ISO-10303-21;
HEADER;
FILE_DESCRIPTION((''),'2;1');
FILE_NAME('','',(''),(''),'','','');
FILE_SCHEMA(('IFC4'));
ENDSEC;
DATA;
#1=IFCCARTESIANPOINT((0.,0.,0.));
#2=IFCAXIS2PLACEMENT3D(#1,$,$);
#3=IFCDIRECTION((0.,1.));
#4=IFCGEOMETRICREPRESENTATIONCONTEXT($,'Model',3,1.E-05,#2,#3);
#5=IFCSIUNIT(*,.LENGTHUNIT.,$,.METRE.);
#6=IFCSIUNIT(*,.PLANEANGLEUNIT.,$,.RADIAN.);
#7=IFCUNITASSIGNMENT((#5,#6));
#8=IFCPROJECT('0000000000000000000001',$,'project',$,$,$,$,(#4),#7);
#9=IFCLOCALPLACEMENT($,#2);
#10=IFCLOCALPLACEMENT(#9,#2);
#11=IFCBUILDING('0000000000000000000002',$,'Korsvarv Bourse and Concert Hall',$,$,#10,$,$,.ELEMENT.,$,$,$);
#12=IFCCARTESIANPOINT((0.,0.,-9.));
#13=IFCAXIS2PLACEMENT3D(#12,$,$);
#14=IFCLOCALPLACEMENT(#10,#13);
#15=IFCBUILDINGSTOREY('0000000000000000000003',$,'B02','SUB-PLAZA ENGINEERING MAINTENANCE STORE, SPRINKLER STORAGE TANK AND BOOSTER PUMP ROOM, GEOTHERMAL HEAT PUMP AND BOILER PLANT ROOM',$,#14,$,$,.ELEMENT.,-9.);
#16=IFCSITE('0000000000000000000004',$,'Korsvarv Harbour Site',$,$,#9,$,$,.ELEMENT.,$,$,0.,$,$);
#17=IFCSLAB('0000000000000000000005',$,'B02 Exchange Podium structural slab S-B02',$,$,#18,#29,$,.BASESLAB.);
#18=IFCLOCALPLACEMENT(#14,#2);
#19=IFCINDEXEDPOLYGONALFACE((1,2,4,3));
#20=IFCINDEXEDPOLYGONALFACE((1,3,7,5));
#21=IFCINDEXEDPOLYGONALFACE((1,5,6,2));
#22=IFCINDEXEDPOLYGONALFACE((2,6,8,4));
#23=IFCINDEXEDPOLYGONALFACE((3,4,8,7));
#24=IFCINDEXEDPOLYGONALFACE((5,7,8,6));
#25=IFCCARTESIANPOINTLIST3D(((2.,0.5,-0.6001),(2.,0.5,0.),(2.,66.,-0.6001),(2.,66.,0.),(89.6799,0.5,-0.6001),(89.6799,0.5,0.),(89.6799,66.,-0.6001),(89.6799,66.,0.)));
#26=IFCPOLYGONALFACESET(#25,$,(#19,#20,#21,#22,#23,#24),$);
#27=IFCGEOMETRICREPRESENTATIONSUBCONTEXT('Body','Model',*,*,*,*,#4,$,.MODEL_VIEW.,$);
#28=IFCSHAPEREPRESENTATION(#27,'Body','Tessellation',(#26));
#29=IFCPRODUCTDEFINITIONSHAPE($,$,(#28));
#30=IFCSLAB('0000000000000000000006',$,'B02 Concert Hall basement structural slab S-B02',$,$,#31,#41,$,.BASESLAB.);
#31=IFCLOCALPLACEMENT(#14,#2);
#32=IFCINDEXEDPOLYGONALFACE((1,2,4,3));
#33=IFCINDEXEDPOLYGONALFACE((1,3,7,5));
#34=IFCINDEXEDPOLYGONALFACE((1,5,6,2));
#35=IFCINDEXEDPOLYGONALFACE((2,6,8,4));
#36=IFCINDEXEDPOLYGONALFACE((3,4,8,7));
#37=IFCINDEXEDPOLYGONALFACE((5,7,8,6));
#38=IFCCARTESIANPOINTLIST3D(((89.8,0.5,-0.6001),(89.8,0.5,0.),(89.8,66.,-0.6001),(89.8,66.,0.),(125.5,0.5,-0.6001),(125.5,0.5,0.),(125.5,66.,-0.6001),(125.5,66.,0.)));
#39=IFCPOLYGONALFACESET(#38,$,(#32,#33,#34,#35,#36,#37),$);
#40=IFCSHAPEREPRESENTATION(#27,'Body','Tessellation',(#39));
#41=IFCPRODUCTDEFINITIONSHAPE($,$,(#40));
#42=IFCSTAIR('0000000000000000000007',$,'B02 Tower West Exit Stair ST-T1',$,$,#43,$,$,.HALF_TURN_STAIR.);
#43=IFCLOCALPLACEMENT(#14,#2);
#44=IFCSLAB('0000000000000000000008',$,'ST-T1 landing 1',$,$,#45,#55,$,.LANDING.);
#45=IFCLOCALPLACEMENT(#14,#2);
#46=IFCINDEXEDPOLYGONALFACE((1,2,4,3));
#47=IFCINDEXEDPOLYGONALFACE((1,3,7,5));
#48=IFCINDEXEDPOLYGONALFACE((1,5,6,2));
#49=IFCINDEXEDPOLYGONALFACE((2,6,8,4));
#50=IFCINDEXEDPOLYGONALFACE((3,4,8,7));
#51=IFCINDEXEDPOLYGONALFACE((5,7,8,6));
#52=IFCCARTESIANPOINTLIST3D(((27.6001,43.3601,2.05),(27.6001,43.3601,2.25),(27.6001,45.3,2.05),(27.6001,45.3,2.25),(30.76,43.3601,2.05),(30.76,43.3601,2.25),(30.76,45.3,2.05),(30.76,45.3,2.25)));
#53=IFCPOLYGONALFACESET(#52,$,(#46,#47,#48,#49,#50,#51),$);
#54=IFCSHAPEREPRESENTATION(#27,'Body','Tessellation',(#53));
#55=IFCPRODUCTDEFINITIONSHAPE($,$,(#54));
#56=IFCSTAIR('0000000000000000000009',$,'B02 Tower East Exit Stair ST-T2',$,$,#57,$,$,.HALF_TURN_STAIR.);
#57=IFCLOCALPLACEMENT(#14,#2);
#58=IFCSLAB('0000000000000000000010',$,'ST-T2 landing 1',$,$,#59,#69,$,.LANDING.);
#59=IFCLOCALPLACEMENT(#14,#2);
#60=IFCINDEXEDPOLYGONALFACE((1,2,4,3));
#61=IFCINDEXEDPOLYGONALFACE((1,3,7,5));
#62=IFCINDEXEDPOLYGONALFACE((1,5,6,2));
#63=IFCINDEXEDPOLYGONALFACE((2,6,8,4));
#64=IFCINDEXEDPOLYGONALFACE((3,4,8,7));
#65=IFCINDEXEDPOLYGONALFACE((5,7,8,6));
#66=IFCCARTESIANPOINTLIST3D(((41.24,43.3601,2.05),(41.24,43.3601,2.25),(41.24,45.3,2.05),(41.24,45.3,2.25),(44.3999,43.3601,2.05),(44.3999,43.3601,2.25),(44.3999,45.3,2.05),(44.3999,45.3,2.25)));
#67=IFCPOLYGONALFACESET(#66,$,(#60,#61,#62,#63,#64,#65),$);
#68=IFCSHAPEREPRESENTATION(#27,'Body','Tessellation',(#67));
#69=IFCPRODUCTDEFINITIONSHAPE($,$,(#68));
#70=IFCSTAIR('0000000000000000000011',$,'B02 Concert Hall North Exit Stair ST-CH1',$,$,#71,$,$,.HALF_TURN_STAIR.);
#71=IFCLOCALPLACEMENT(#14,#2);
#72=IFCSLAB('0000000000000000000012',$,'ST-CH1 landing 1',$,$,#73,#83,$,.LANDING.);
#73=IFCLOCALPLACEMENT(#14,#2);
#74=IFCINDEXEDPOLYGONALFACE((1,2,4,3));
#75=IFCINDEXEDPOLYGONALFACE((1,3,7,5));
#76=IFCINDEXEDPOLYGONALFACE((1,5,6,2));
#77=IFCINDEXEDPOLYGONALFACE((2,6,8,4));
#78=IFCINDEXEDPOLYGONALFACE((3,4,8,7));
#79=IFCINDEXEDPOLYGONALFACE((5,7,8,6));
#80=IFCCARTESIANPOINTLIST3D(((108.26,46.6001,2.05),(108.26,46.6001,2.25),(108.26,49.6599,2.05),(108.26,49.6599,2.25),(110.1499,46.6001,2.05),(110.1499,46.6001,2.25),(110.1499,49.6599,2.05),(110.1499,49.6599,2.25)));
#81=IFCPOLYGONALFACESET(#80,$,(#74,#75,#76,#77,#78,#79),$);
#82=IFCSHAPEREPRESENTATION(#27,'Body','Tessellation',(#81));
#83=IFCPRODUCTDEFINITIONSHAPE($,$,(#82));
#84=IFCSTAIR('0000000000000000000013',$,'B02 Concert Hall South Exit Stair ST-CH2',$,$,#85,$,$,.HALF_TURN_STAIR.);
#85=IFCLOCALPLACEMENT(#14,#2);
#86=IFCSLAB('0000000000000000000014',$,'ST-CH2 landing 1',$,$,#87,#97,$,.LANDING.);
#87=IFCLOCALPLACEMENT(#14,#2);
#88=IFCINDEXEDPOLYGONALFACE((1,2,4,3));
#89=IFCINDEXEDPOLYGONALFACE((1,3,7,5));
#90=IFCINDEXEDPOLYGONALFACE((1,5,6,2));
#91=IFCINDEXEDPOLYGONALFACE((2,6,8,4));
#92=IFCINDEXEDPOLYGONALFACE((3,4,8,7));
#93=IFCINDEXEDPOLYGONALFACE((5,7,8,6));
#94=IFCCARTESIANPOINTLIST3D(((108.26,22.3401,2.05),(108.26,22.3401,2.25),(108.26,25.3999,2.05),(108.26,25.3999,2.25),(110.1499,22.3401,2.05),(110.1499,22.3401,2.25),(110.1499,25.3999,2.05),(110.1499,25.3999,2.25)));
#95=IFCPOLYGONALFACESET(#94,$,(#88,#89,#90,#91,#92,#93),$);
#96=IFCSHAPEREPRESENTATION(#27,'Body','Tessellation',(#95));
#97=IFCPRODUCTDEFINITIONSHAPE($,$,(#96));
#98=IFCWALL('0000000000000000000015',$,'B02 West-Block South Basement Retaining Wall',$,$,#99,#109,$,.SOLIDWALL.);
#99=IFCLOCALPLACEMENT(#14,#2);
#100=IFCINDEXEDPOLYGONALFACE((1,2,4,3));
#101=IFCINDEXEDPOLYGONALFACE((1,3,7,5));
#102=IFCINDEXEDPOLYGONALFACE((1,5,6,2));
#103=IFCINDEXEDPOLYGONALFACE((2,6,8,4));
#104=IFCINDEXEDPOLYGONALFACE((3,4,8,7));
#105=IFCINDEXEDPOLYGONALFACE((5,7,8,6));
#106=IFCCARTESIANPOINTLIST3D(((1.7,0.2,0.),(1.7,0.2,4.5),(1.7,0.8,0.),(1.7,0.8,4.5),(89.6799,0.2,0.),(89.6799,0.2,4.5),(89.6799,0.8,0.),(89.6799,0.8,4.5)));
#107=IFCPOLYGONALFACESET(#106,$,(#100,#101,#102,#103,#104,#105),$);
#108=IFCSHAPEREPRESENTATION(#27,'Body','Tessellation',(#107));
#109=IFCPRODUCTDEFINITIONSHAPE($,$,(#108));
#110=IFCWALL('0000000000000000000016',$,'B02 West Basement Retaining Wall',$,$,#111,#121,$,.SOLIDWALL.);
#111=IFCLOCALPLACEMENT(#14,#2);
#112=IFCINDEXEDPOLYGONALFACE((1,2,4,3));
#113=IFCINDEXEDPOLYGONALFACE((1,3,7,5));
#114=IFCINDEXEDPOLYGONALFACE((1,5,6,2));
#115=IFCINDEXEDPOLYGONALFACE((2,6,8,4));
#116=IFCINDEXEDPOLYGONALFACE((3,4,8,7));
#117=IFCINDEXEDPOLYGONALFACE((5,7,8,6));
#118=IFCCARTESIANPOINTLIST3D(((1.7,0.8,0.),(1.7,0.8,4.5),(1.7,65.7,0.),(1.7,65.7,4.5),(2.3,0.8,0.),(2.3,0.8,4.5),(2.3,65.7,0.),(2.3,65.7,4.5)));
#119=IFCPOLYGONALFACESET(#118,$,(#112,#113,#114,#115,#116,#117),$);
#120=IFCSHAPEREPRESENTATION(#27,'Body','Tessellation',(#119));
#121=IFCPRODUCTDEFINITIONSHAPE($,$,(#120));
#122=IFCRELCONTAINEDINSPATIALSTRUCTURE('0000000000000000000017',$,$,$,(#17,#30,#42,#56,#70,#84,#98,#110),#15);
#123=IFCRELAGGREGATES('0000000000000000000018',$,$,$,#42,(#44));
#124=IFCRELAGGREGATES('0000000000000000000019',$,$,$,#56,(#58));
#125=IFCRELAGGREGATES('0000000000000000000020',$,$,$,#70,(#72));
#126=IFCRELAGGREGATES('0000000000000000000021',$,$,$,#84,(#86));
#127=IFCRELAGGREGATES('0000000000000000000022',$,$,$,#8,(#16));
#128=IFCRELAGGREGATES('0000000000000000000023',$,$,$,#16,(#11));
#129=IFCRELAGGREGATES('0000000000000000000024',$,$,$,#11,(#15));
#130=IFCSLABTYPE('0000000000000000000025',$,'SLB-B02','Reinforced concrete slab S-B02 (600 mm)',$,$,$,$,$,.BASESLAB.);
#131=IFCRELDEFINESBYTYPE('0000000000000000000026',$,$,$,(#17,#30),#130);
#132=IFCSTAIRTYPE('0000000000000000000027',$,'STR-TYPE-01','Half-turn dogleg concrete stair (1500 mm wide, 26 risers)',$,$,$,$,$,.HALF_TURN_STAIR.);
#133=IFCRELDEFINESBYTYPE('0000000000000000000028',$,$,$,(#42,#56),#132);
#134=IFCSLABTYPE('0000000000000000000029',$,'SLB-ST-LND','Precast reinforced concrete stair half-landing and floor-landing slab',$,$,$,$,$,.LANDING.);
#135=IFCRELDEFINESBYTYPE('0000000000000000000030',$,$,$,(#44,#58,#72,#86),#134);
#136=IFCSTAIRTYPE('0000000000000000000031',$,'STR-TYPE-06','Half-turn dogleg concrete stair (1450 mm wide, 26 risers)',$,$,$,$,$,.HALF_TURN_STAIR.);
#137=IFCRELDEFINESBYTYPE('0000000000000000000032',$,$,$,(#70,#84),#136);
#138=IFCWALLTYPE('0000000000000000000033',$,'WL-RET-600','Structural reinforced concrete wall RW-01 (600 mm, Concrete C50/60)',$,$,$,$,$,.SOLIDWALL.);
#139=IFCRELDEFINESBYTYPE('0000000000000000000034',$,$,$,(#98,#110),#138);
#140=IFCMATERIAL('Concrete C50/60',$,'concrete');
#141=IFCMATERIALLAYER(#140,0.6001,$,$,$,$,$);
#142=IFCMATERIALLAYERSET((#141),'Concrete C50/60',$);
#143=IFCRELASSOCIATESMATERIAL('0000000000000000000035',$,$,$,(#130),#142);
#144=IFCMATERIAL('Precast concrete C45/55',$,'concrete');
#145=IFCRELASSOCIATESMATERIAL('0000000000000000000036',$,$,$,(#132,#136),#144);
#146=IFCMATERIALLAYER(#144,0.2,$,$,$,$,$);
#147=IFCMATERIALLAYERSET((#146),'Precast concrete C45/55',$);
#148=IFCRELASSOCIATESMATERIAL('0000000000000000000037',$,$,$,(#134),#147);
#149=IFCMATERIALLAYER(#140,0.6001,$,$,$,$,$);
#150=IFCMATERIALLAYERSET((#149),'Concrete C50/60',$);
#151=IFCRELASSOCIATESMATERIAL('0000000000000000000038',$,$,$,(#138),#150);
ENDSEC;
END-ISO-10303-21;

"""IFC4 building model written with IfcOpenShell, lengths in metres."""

from ifc_helpers import new_model, si_unit, direction, frame, frame_2d, origin, place, context, subcontext, project, spatial, polyline, rectangle, outline, extrude, material, layer, layer_set, type_object, element, aggregate, save


model = new_model("IFC4")

# Units and contexts
model_context = context("Model", 3, precision=1e-05, world=origin(), true_north=direction((0.0, 1.0)))
body_context = subcontext(model_context, "Body", "Model", "MODEL_VIEW")
ifc_project = project(units=[si_unit("LENGTHUNIT", "METRE"), si_unit("PLANEANGLEUNIT", "RADIAN")], contexts=[model_context])

# Site, building, storey
site_placement = place(None, origin())
site = spatial("IfcSite", under=ifc_project, at=site_placement, Name="Korsvarv Harbour Site", CompositionType="ELEMENT", RefElevation=0.0)
building_placement = place(site_placement, origin())
building = spatial("IfcBuilding", under=site, at=building_placement, Name="Korsvarv Bourse and Concert Hall", CompositionType="ELEMENT")
storey_placement = place(building_placement, frame((0.0, 0.0, -9.0)))
storey = spatial("IfcBuildingStorey", under=building, at=storey_placement, Name="B02", Description="SUB-PLAZA ENGINEERING MAINTENANCE STORE, SPRINKLER STORAGE TANK AND BOOSTER PUMP ROOM, GEOTHERMAL HEAT PUMP AND BOILER PLANT ROOM", CompositionType="ELEMENT", Elevation=-9.0)

# Shared definitions
ifc_material_1 = material(Name="Concrete C50/60", Category="concrete")

# Slabs
ifc_layer_1 = layer(ifc_material_1, 0.6001)
ifc_layer_set_1 = layer_set([ifc_layer_1], Name="Concrete C50/60")
slab_type_1 = type_object("IfcSlabType", Name="SLB-B02", Description="Reinforced concrete slab S-B02 (600 mm)", PredefinedType="BASESLAB", material=ifc_layer_set_1)
slab_1_placement = place(storey_placement, frame((0.0, 0.0, -0.6001)))
element("IfcSlab", 1, at=slab_1_placement, inside=storey, type_object=slab_type_1, Name="B02 Exchange Podium structural slab S-B02", PredefinedType="BASESLAB", context=body_context, shape_type="SweptSolid", body=[
    extrude(outline(polyline([(2.0, 0.5), (89.6799, 0.5), (89.6799, 66.0), (2.0, 66.0), (2.0, 0.5)])), origin(), (0.0, 0.0, 1.0), 0.6001),
])
slab_2_placement = place(storey_placement, frame((0.0, 0.0, -0.6001)))
element("IfcSlab", 2, at=slab_2_placement, inside=storey, type_object=slab_type_1, Name="B02 Concert Hall basement structural slab S-B02", PredefinedType="BASESLAB", context=body_context, shape_type="SweptSolid", body=[
    extrude(outline(polyline([(89.8, 0.5), (125.5, 0.5), (125.5, 66.0), (89.8, 66.0), (89.8, 0.5)])), origin(), (0.0, 0.0, 1.0), 0.6001),
])

# Stairs, slabs
ifc_material_2 = material(Name="Precast concrete C45/55", Category="concrete")
stair_type_1 = type_object("IfcStairType", Name="STR-TYPE-01", Description="Half-turn dogleg concrete stair (1500 mm wide, 26 risers)", PredefinedType="HALF_TURN_STAIR", material=ifc_material_2)
stair_1_placement = place(storey_placement, origin())
stair_1 = element("IfcStair", 3, at=stair_1_placement, inside=storey, type_object=stair_type_1, Name="B02 Tower West Exit Stair ST-T1", PredefinedType="HALF_TURN_STAIR")
ifc_layer_2 = layer(ifc_material_2, 0.2)
ifc_layer_set_2 = layer_set([ifc_layer_2], Name="Precast concrete C45/55")
slab_type_2 = type_object("IfcSlabType", Name="SLB-ST-LND", Description="Precast reinforced concrete stair half-landing and floor-landing slab", PredefinedType="LANDING", material=ifc_layer_set_2)
slab_3_placement = place(storey_placement, frame((0.0, 0.0, 2.05)))
slab_3 = element("IfcSlab", 4, at=slab_3_placement, type_object=slab_type_2, Name="ST-T1 landing 1", PredefinedType="LANDING", context=body_context, shape_type="SweptSolid", body=[
    extrude(outline(polyline([(30.76, 43.3601), (30.76, 45.3), (27.6001, 45.3), (27.6001, 43.3601), (30.76, 43.3601)])), origin(), (0.0, 0.0, 1.0), 0.2),
])
aggregate(stair_1, [slab_3])
stair_2_placement = place(storey_placement, origin())
stair_2 = element("IfcStair", 5, at=stair_2_placement, inside=storey, type_object=stair_type_1, Name="B02 Tower East Exit Stair ST-T2", PredefinedType="HALF_TURN_STAIR")
slab_4_placement = place(storey_placement, frame((0.0, 0.0, 2.05)))
slab_4 = element("IfcSlab", 6, at=slab_4_placement, type_object=slab_type_2, Name="ST-T2 landing 1", PredefinedType="LANDING", context=body_context, shape_type="SweptSolid", body=[
    extrude(outline(polyline([(44.3999, 43.3601), (44.3999, 45.3), (41.24, 45.3), (41.24, 43.3601), (44.3999, 43.3601)])), origin(), (0.0, 0.0, 1.0), 0.2),
])
aggregate(stair_2, [slab_4])
stair_type_2 = type_object("IfcStairType", Name="STR-TYPE-06", Description="Half-turn dogleg concrete stair (1450 mm wide, 26 risers)", PredefinedType="HALF_TURN_STAIR", material=ifc_material_2)
stair_3_placement = place(storey_placement, origin())
stair_3 = element("IfcStair", 7, at=stair_3_placement, inside=storey, type_object=stair_type_2, Name="B02 Concert Hall North Exit Stair ST-CH1", PredefinedType="HALF_TURN_STAIR")
slab_5_placement = place(storey_placement, frame((0.0, 0.0, 2.05)))
slab_5 = element("IfcSlab", 8, at=slab_5_placement, type_object=slab_type_2, Name="ST-CH1 landing 1", PredefinedType="LANDING", context=body_context, shape_type="SweptSolid", body=[
    extrude(outline(polyline([(108.26, 46.6001), (110.1499, 46.6001), (110.1499, 49.6599), (108.26, 49.6599), (108.26, 46.6001)])), origin(), (0.0, 0.0, 1.0), 0.2),
])
aggregate(stair_3, [slab_5])
stair_4_placement = place(storey_placement, origin())
stair_4 = element("IfcStair", 9, at=stair_4_placement, inside=storey, type_object=stair_type_2, Name="B02 Concert Hall South Exit Stair ST-CH2", PredefinedType="HALF_TURN_STAIR")
slab_6_placement = place(storey_placement, frame((0.0, 0.0, 2.05)))
slab_6 = element("IfcSlab", 10, at=slab_6_placement, type_object=slab_type_2, Name="ST-CH2 landing 1", PredefinedType="LANDING", context=body_context, shape_type="SweptSolid", body=[
    extrude(outline(polyline([(108.26, 22.3401), (110.1499, 22.3401), (110.1499, 25.3999), (108.26, 25.3999), (108.26, 22.3401)])), origin(), (0.0, 0.0, 1.0), 0.2),
])
aggregate(stair_4, [slab_6])

# Walls
ifc_layer_3 = layer(ifc_material_1, 0.6001)
ifc_layer_set_3 = layer_set([ifc_layer_3], Name="Concrete C50/60")
wall_type = type_object("IfcWallType", Name="WL-RET-600", Description="Structural reinforced concrete wall RW-01 (600 mm, Concrete C50/60)", PredefinedType="SOLIDWALL", material=ifc_layer_set_3)
wall_1_placement = place(storey_placement, frame((1.7, 0.5, 0.0), z_axis=(0.0, 0.0, 1.0), x_axis=(1.0, 0.0, 0.0)))
element("IfcWall", 11, at=wall_1_placement, inside=storey, type_object=wall_type, Name="B02 West-Block South Basement Retaining Wall", PredefinedType="SOLIDWALL", context=body_context, shape_type="SweptSolid", body=[
    extrude(rectangle(XDim=87.98, YDim=0.6001, at=frame_2d((43.99, 0.0))), origin(), (0.0, 0.0, 1.0), 4.5),
])
wall_2_placement = place(storey_placement, frame((2.0, 0.8, 0.0), z_axis=(0.0, 0.0, 1.0), x_axis=(0.0, 1.0, 0.0)))
element("IfcWall", 12, at=wall_2_placement, inside=storey, type_object=wall_type, Name="B02 West Basement Retaining Wall", PredefinedType="SOLIDWALL", context=body_context, shape_type="SweptSolid", body=[
    extrude(rectangle(XDim=64.8999, YDim=0.6001, at=frame_2d((32.45, 0.0))), origin(), (0.0, 0.0, 1.0), 4.5),
])

save(model, "model.ifc")
